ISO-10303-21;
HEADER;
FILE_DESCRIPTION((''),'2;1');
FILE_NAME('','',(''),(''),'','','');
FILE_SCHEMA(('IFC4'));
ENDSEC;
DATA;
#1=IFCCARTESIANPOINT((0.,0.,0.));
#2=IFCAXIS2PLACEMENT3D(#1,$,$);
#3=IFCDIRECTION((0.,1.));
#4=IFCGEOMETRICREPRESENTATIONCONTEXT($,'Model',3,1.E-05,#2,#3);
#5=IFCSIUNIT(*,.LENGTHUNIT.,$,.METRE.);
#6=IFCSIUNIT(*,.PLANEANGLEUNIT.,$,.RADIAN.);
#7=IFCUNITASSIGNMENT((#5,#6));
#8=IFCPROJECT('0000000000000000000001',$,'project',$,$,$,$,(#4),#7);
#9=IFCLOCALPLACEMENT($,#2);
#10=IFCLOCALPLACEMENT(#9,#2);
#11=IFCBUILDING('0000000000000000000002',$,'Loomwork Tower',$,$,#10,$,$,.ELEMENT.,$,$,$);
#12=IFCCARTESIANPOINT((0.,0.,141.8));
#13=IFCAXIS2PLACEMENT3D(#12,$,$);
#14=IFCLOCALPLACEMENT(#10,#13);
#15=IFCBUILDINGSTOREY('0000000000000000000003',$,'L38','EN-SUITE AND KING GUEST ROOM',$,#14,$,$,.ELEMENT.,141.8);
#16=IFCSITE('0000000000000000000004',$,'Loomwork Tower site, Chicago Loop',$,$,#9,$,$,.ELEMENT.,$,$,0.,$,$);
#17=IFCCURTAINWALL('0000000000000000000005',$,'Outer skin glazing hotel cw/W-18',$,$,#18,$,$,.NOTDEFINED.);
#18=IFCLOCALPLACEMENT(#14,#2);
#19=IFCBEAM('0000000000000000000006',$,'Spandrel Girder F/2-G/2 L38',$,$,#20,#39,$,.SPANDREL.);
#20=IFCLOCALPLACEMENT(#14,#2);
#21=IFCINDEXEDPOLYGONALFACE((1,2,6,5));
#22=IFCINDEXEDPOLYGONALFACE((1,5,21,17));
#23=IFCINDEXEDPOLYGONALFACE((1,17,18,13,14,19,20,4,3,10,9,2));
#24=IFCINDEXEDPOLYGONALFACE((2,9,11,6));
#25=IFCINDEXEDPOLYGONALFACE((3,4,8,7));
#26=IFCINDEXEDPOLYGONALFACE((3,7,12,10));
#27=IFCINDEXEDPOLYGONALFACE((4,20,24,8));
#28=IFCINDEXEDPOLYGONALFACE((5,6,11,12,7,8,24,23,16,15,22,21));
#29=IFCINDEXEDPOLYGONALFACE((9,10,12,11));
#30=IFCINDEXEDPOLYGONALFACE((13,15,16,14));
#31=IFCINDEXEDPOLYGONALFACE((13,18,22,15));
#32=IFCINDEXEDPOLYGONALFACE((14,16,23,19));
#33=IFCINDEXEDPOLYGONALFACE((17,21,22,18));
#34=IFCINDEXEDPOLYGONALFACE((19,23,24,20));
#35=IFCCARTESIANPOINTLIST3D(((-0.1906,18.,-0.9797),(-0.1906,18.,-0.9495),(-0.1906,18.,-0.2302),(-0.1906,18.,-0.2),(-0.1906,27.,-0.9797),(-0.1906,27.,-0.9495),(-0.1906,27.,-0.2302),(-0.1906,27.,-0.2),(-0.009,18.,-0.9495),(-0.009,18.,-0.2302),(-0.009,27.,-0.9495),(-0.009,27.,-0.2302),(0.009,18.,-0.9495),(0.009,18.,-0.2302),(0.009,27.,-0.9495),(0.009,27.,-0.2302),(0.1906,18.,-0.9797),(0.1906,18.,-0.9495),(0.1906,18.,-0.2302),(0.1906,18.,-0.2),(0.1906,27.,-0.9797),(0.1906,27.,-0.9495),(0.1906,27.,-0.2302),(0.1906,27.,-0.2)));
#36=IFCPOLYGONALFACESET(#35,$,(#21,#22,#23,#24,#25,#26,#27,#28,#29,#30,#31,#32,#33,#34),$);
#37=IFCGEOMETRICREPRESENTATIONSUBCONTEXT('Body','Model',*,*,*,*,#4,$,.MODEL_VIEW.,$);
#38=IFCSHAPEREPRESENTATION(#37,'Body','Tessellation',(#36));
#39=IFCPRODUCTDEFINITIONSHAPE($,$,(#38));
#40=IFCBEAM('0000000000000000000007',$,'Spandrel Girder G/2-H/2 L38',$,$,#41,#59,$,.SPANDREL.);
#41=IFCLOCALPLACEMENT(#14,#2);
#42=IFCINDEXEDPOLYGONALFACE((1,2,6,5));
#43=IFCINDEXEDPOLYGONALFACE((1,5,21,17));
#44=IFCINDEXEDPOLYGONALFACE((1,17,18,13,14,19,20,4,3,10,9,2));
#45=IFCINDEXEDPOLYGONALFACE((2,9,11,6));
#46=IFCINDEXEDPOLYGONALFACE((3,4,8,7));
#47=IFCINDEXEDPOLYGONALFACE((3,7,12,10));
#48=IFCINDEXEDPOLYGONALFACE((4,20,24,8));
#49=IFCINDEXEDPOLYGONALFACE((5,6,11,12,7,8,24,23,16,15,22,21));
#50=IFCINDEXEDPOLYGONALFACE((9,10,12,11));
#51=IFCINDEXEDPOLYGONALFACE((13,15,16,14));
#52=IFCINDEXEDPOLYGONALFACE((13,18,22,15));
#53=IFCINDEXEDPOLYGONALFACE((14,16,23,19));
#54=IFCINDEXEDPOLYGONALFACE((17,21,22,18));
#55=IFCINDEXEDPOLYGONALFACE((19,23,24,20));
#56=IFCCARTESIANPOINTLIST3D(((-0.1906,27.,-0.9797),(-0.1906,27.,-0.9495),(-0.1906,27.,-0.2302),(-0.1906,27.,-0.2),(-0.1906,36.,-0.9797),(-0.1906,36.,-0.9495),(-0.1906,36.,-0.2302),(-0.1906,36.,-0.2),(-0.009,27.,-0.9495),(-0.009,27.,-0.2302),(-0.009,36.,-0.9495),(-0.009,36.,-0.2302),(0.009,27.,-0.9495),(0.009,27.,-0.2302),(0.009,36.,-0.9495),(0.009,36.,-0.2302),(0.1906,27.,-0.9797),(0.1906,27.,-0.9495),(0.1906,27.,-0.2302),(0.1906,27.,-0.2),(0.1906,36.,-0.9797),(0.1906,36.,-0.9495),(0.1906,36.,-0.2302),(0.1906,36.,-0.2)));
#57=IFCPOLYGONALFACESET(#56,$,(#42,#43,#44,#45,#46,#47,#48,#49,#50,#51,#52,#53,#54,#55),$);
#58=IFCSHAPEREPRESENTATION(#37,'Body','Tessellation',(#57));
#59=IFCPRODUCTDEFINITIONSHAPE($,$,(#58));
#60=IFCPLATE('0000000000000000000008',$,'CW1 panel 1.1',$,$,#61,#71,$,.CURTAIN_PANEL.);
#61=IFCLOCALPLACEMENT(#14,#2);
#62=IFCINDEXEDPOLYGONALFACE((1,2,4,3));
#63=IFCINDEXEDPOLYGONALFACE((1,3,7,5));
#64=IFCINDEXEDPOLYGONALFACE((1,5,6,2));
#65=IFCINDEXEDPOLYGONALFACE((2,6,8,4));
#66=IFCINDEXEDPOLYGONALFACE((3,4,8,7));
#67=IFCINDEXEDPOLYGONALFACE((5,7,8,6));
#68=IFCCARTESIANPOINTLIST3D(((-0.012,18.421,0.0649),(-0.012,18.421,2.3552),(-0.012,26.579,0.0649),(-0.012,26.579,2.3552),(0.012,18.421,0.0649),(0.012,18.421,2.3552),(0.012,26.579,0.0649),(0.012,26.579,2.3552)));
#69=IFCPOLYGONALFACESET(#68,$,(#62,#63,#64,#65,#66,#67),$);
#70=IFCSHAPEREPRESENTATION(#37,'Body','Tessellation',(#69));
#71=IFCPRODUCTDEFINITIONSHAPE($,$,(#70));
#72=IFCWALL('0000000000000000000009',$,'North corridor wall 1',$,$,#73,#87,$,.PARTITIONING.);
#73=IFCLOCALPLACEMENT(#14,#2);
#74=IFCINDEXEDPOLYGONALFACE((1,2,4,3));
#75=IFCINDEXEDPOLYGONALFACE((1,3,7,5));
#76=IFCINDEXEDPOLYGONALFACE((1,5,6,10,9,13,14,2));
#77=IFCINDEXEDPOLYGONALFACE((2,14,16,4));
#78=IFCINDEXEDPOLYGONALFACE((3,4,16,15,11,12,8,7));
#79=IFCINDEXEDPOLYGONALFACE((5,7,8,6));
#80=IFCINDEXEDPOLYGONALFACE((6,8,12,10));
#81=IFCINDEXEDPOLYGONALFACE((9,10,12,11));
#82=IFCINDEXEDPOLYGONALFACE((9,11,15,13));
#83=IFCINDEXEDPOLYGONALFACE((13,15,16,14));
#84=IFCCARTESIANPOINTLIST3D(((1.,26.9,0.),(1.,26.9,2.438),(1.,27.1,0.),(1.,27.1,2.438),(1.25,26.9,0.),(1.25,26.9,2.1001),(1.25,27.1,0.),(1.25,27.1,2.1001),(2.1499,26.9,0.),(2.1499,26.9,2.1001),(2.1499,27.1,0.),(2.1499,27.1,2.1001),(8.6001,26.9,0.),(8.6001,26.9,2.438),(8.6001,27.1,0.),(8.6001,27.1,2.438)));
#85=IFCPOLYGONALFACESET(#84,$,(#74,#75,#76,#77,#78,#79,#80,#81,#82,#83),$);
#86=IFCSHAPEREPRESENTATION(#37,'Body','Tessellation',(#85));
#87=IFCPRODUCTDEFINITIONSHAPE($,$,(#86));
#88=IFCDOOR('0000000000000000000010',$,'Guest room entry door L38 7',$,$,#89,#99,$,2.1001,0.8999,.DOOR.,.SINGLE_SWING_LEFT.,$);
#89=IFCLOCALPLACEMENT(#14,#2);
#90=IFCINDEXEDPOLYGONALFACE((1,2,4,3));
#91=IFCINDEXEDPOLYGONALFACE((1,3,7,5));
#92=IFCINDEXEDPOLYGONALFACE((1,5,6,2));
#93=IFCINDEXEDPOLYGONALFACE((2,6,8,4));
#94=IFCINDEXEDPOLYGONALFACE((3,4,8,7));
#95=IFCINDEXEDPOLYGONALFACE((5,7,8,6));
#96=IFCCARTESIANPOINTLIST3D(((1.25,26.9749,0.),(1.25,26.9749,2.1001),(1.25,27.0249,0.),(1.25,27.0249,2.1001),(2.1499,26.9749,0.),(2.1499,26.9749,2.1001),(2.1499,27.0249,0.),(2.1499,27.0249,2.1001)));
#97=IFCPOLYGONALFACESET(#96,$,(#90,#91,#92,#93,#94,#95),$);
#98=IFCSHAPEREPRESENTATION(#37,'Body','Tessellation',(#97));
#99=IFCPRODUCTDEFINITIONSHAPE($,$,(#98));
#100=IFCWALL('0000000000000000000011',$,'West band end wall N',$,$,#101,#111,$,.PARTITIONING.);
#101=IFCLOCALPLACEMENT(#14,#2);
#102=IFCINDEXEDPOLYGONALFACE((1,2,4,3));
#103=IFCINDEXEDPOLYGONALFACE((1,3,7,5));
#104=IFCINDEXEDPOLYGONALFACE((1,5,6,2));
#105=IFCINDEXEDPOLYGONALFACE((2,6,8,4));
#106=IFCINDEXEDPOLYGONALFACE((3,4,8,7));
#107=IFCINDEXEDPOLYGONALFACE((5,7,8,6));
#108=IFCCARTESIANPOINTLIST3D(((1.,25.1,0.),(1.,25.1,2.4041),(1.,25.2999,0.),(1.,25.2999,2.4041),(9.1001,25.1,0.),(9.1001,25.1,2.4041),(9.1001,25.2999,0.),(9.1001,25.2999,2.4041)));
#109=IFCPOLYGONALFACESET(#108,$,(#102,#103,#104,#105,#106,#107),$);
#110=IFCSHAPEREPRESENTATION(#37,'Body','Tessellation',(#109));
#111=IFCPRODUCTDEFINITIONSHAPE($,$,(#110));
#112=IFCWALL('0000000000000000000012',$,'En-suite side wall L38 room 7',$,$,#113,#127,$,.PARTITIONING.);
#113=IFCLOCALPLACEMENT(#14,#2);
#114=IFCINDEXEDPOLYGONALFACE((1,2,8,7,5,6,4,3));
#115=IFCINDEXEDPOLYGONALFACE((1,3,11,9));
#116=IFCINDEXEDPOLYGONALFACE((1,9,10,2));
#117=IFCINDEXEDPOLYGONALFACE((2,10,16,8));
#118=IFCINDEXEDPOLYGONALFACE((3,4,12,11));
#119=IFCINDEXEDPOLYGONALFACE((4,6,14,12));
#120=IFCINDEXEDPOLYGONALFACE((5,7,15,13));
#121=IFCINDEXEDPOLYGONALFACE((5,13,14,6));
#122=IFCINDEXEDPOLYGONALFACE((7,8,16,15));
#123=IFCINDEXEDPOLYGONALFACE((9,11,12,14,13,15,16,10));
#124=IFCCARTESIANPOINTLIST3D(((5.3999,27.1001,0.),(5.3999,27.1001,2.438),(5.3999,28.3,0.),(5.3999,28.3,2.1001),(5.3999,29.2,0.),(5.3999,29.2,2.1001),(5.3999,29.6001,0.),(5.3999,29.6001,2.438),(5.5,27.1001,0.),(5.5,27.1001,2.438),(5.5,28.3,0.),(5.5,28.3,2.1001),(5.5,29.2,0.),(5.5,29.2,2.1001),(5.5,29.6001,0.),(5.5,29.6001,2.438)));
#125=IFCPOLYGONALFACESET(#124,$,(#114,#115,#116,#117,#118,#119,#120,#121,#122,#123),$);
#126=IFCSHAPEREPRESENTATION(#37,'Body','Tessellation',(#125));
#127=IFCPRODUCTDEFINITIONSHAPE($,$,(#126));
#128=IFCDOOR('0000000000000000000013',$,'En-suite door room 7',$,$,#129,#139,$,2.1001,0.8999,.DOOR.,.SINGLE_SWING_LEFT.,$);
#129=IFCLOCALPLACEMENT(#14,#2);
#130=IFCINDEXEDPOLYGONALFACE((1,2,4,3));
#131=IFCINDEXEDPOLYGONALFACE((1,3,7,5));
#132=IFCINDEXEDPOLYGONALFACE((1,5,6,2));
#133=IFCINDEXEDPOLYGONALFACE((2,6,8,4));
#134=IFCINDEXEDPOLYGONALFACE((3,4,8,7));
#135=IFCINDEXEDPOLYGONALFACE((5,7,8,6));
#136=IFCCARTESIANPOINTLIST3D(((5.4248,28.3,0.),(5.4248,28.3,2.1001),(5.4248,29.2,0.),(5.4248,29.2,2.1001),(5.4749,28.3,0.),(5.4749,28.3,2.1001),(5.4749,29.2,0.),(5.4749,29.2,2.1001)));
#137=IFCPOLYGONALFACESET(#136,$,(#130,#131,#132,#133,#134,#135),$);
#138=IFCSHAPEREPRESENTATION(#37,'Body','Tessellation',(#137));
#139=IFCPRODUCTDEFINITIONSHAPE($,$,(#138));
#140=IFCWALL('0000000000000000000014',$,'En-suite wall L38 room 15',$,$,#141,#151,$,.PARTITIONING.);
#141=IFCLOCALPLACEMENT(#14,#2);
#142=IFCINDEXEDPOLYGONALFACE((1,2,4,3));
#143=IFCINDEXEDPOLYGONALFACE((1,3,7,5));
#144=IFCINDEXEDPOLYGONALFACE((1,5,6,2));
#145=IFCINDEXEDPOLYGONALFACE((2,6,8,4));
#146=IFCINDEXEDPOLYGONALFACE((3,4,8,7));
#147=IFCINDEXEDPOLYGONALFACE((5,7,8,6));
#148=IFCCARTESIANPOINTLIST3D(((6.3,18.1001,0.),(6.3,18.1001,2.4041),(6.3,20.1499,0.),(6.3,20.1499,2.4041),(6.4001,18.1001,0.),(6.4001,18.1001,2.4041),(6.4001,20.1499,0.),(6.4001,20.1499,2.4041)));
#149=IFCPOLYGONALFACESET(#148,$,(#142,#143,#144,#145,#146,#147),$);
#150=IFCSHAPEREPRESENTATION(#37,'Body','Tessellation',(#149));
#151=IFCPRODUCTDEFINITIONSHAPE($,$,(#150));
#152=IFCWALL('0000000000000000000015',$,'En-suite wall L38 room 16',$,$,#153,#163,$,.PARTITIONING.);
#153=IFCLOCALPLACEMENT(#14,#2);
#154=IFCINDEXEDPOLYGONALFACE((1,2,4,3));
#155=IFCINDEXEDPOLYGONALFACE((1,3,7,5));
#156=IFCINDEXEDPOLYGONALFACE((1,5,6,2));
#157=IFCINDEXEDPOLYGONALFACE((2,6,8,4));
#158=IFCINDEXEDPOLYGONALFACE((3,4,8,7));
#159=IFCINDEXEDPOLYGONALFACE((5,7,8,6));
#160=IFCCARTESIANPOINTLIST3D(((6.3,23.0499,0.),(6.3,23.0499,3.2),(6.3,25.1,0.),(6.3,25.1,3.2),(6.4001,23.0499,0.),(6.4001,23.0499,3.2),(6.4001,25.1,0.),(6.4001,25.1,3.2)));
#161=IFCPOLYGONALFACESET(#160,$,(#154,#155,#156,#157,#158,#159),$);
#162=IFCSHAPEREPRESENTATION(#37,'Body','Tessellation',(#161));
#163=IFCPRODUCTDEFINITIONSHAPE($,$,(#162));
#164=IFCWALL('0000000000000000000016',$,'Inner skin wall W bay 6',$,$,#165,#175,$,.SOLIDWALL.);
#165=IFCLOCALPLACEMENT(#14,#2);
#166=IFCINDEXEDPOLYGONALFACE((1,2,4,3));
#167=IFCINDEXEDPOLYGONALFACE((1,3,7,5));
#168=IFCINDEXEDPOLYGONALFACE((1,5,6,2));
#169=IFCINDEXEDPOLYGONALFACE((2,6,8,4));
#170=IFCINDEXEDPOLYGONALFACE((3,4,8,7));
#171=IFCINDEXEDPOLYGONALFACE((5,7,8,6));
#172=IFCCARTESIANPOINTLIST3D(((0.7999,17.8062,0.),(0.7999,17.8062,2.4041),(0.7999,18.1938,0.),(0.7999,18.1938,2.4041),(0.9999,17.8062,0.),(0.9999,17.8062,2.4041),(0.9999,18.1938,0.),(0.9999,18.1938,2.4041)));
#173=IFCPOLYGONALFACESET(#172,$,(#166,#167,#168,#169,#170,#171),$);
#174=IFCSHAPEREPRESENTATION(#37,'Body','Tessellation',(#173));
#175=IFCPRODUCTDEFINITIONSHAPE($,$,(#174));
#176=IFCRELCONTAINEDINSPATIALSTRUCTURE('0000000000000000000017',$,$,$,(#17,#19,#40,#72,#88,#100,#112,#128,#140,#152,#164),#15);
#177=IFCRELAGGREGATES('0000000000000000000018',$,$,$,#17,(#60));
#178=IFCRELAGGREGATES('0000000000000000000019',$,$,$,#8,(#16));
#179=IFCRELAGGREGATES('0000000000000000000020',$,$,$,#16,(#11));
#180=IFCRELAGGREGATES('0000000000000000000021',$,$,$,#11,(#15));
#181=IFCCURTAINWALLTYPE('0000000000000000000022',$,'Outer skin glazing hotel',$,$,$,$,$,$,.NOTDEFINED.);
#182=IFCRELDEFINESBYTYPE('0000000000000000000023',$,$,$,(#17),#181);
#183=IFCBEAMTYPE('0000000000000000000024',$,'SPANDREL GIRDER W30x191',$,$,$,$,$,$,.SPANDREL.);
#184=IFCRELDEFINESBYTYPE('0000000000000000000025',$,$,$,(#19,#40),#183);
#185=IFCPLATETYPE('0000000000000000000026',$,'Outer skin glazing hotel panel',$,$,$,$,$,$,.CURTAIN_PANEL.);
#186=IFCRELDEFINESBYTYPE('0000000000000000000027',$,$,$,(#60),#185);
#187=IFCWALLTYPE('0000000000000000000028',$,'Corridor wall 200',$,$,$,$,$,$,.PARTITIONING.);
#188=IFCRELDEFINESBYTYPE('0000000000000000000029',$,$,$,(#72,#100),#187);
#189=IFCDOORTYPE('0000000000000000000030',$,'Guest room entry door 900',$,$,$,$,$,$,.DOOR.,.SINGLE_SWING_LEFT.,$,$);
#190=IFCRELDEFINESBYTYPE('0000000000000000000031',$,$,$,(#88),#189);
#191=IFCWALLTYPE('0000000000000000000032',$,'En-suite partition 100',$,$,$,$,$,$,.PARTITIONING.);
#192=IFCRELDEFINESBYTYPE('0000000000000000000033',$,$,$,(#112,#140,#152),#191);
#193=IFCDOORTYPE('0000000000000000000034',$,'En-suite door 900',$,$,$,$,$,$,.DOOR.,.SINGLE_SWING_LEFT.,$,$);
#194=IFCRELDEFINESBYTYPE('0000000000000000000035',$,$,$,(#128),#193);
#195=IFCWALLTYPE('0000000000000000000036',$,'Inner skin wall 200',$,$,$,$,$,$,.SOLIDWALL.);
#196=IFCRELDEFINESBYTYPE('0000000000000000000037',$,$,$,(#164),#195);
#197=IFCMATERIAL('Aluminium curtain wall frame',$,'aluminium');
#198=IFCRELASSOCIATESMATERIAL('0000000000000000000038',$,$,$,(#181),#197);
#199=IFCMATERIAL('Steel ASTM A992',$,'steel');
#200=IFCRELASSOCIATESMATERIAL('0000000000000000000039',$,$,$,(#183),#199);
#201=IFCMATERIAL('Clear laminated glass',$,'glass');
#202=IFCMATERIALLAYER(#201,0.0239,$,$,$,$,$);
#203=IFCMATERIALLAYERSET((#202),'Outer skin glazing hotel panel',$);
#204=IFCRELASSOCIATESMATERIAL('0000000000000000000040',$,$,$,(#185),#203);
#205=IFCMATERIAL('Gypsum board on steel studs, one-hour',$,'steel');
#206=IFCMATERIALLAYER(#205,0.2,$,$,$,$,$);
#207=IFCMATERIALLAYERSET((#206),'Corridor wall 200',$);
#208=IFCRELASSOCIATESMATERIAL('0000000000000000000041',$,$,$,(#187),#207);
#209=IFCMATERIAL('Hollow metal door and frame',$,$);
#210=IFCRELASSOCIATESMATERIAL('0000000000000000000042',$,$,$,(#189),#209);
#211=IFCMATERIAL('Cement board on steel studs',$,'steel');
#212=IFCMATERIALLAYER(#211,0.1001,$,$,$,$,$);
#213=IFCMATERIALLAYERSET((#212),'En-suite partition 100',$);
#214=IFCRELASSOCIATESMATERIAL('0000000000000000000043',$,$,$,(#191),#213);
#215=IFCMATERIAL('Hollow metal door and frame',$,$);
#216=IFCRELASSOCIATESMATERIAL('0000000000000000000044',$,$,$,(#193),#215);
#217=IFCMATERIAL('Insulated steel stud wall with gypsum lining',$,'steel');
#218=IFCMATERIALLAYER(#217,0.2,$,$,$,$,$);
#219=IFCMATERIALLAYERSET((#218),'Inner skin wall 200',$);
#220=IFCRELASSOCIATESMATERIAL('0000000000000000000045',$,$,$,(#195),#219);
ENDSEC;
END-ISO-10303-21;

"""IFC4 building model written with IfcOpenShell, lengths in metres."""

from ifc_helpers import new_model, si_unit, direction, frame, frame_2d, origin, origin_2d, place, context, subcontext, project, spatial, rectangle, i_section, extrude, material, layer, layer_set, material_profile, profile_set, type_object, element, fill, aggregate, save


model = new_model("IFC4")

# Units and contexts
model_context = context("Model", 3, precision=1e-05, world=origin(), true_north=direction((0.0, 1.0)))
body_context = subcontext(model_context, "Body", "Model", "MODEL_VIEW")
ifc_project = project(units=[si_unit("LENGTHUNIT", "METRE"), si_unit("PLANEANGLEUNIT", "RADIAN")], contexts=[model_context])

# Site, building, storey
site_placement = place(None, origin())
site = spatial("IfcSite", under=ifc_project, at=site_placement, Name="Loomwork Tower site, Chicago Loop", CompositionType="ELEMENT", RefElevation=0.0)
building_placement = place(site_placement, origin())
building = spatial("IfcBuilding", under=site, at=building_placement, Name="Loomwork Tower", CompositionType="ELEMENT")
storey_placement = place(building_placement, frame((0.0, 0.0, 141.8)))
storey = spatial("IfcBuildingStorey", under=building, at=storey_placement, Name="L38", Description="EN-SUITE AND KING GUEST ROOM", CompositionType="ELEMENT", Elevation=141.8)

# Curtain wall
ifc_material_1 = material(Name="Aluminium curtain wall frame", Category="aluminium")
curtain_wall_type = type_object("IfcCurtainWallType", Name="Outer skin glazing hotel", PredefinedType="NOTDEFINED", material=ifc_material_1)
curtain_wall_1_placement = place(storey_placement, origin())
curtain_wall_1 = element("IfcCurtainWall", 1, at=curtain_wall_1_placement, inside=storey, type_object=curtain_wall_type, Name="Outer skin glazing hotel cw/W-18", PredefinedType="NOTDEFINED")

# Beams
ifc_material_2 = material(Name="Steel ASTM A992", Category="steel")
ifc_material_profile_1 = material_profile(ifc_material_2, i_section(OverallWidth=0.3811, OverallDepth=0.7798, WebThickness=0.0181, FlangeThickness=0.0303, at=origin_2d()), Name="W30x191")
ifc_profile_set_1 = profile_set([ifc_material_profile_1], Name="Steel ASTM A992")
beam_type_1 = type_object("IfcBeamType", Name="SPANDREL GIRDER W30x191", PredefinedType="SPANDREL", material=ifc_profile_set_1)
for number, where, z_axis, x_axis, name in (
    (2, (0.0, 18.0, -0.5898), (0.0, 1.0, 0.0), (-1.0, 0.0, 0.0), "Spandrel Girder F/2-G/2 L38"),
    (3, (0.0, 27.0, -0.5898), (0.0, 1.0, 0.0), (-1.0, 0.0, 0.0), "Spandrel Girder G/2-H/2 L38"),
):
    element("IfcBeam", number, at=place(storey_placement, frame(where, z_axis=z_axis, x_axis=x_axis)), inside=storey, type_object=beam_type_1, Name=name, PredefinedType="SPANDREL", context=body_context, shape_type="SweptSolid", body=[
        extrude(i_section(OverallWidth=0.3811, OverallDepth=0.7798, WebThickness=0.0181, FlangeThickness=0.0303, at=origin_2d()), origin(), (0.0, 0.0, 1.0), 9.0),
    ])

# Plate
ifc_material_3 = material(Name="Clear laminated glass", Category="glass")
ifc_layer_1 = layer(ifc_material_3, 0.0239)
ifc_layer_set_1 = layer_set([ifc_layer_1], Name="Outer skin glazing hotel panel")
plate_type = type_object("IfcPlateType", Name="Outer skin glazing hotel panel", PredefinedType="CURTAIN_PANEL", material=ifc_layer_set_1)
plate_placement = place(storey_placement, frame((0.0, 22.5, 0.0649), z_axis=(0.0, 0.0, 1.0), x_axis=(0.0, -1.0, 0.0)))
plate = element("IfcPlate", 4, at=plate_placement, type_object=plate_type, Name="CW1 panel 1.1", PredefinedType="CURTAIN_PANEL", context=body_context, shape_type="SweptSolid", body=[
    extrude(rectangle(XDim=8.158, YDim=0.0239, at=origin_2d()), origin(), (0.0, 0.0, 1.0), 2.2903),
])
aggregate(curtain_wall_1, [plate])

# Wall, opening, door
ifc_material_4 = material(Name="Gypsum board on steel studs, one-hour", Category="steel")
ifc_layer_2 = layer(ifc_material_4, 0.2)
ifc_layer_set_2 = layer_set([ifc_layer_2], Name="Corridor wall 200")
wall_type_1 = type_object("IfcWallType", Name="Corridor wall 200", PredefinedType="PARTITIONING", material=ifc_layer_set_2)
wall_1_placement = place(storey_placement, frame((1.0, 27.0, 0.0), z_axis=(0.0, 0.0, 1.0), x_axis=(1.0, 0.0, 0.0)))
wall_1 = element("IfcWall", 5, at=wall_1_placement, inside=storey, type_object=wall_type_1, Name="North corridor wall 1", PredefinedType="PARTITIONING", context=body_context, shape_type="SweptSolid", body=[
    extrude(rectangle(XDim=7.6001, YDim=0.2, at=frame_2d((3.8, 0.0))), origin(), (0.0, 0.0, 1.0), 2.438),
])
opening_1_placement = place(wall_1_placement, frame((0.25, 0.0, 0.0)))
opening_1 = element("IfcOpeningElement", 6, at=opening_1_placement, cuts=wall_1, PredefinedType="OPENING", context=body_context, shape_type="SweptSolid", body=[
    extrude(rectangle(XDim=0.8999, YDim=2.1001, at=frame_2d((0.45, 1.05))), frame((0.0, 0.1099, 0.0), z_axis=(0.0, -1.0, 0.0), x_axis=(1.0, 0.0, 0.0)), (0.0, 0.0, 1.0), 0.22),
])
ifc_material_5 = material(Name="Hollow metal door and frame")
door_type_1 = type_object("IfcDoorType", Name="Guest room entry door 900", OperationType="SINGLE_SWING_LEFT", PredefinedType="DOOR", material=ifc_material_5)
door_1_placement = place(opening_1_placement, origin())
door_1 = element("IfcDoor", 7, at=door_1_placement, inside=storey, type_object=door_type_1, Name="Guest room entry door L38 7", OperationType="SINGLE_SWING_LEFT", OverallHeight=2.1001, OverallWidth=0.8999, PredefinedType="DOOR", context=body_context, shape_type="SweptSolid", body=[
    extrude(rectangle(XDim=0.8999, YDim=2.1001, at=frame_2d((0.45, 1.05))), frame((0.0, 0.0249, 0.0), z_axis=(0.0, -1.0, 0.0), x_axis=(1.0, 0.0, 0.0)), (0.0, 0.0, 1.0), 0.05),
])
fill(opening_1, door_1)

# Wall
wall_2_placement = place(storey_placement, frame((1.0, 25.2, 0.0), z_axis=(0.0, 0.0, 1.0), x_axis=(1.0, 0.0, 0.0)))
element("IfcWall", 8, at=wall_2_placement, inside=storey, type_object=wall_type_1, Name="West band end wall N", PredefinedType="PARTITIONING", context=body_context, shape_type="SweptSolid", body=[
    extrude(rectangle(XDim=8.1001, YDim=0.2, at=frame_2d((4.05, 0.0))), origin(), (0.0, 0.0, 1.0), 2.4041),
])

# Wall, opening, door
ifc_material_6 = material(Name="Cement board on steel studs", Category="steel")
ifc_layer_3 = layer(ifc_material_6, 0.1001)
ifc_layer_set_3 = layer_set([ifc_layer_3], Name="En-suite partition 100")
wall_type_2 = type_object("IfcWallType", Name="En-suite partition 100", PredefinedType="PARTITIONING", material=ifc_layer_set_3)
wall_3_placement = place(storey_placement, frame((5.45, 27.1001, 0.0), z_axis=(0.0, 0.0, 1.0), x_axis=(0.0, 1.0, 0.0)))
wall_3 = element("IfcWall", 9, at=wall_3_placement, inside=storey, type_object=wall_type_2, Name="En-suite side wall L38 room 7", PredefinedType="PARTITIONING", context=body_context, shape_type="SweptSolid", body=[
    extrude(rectangle(XDim=2.5, YDim=0.1001, at=frame_2d((1.25, 0.0))), origin(), (0.0, 0.0, 1.0), 2.438),
])
opening_2_placement = place(wall_3_placement, frame((1.2, 0.0, 0.0)))
opening_2 = element("IfcOpeningElement", 10, at=opening_2_placement, cuts=wall_3, PredefinedType="OPENING", context=body_context, shape_type="SweptSolid", body=[
    extrude(rectangle(XDim=0.8999, YDim=2.1001, at=frame_2d((0.45, 1.05))), frame((0.0, 0.0601, 0.0), z_axis=(0.0, -1.0, 0.0), x_axis=(1.0, 0.0, 0.0)), (0.0, 0.0, 1.0), 0.1201),
])
ifc_material_7 = material(Name="Hollow metal door and frame")
door_type_2 = type_object("IfcDoorType", Name="En-suite door 900", OperationType="SINGLE_SWING_LEFT", PredefinedType="DOOR", material=ifc_material_7)
door_2_placement = place(opening_2_placement, frame((0.8999, 0.0, 0.0), z_axis=(0.0, 0.0, 1.0), x_axis=(-1.0, 0.0, 0.0)))
door_2 = element("IfcDoor", 11, at=door_2_placement, inside=storey, type_object=door_type_2, Name="En-suite door room 7", OperationType="SINGLE_SWING_LEFT", OverallHeight=2.1001, OverallWidth=0.8999, PredefinedType="DOOR", context=body_context, shape_type="SweptSolid", body=[
    extrude(rectangle(XDim=0.8999, YDim=2.1001, at=frame_2d((0.45, 1.05))), frame((0.0, 0.0249, 0.0), z_axis=(0.0, -1.0, 0.0), x_axis=(1.0, 0.0, 0.0)), (0.0, 0.0, 1.0), 0.05),
])
fill(opening_2, door_2)

# Walls
wall_4_placement = place(storey_placement, frame((6.3501, 18.1001, 0.0), z_axis=(0.0, 0.0, 1.0), x_axis=(0.0, 1.0, 0.0)))
element("IfcWall", 12, at=wall_4_placement, inside=storey, type_object=wall_type_2, Name="En-suite wall L38 room 15", PredefinedType="PARTITIONING", context=body_context, shape_type="SweptSolid", body=[
    extrude(rectangle(XDim=2.0498, YDim=0.1001, at=frame_2d((1.0249, 0.0))), origin(), (0.0, 0.0, 1.0), 2.4041),
])
wall_5_placement = place(storey_placement, frame((6.3501, 23.05, 0.0), z_axis=(0.0, 0.0, 1.0), x_axis=(0.0, 1.0, 0.0)))
element("IfcWall", 13, at=wall_5_placement, inside=storey, type_object=wall_type_2, Name="En-suite wall L38 room 16", PredefinedType="PARTITIONING", context=body_context, shape_type="SweptSolid", body=[
    extrude(rectangle(XDim=2.05, YDim=0.1001, at=frame_2d((1.0249, 0.0))), origin(), (0.0, 0.0, 1.0), 3.2),
])
ifc_material_8 = material(Name="Insulated steel stud wall with gypsum lining", Category="steel")
ifc_layer_4 = layer(ifc_material_8, 0.2)
ifc_layer_set_4 = layer_set([ifc_layer_4], Name="Inner skin wall 200")
wall_type_3 = type_object("IfcWallType", Name="Inner skin wall 200", PredefinedType="SOLIDWALL", material=ifc_layer_set_4)
wall_6_placement = place(storey_placement, frame((0.8999, 17.8062, 0.0), z_axis=(0.0, 0.0, 1.0), x_axis=(0.0, 1.0, 0.0)))
element("IfcWall", 14, at=wall_6_placement, inside=storey, type_object=wall_type_3, Name="Inner skin wall W bay 6", PredefinedType="SOLIDWALL", context=body_context, shape_type="SweptSolid", body=[
    extrude(rectangle(XDim=0.3877, YDim=0.2, at=frame_2d((0.1938, 0.0))), origin(), (0.0, 0.0, 1.0), 2.4041),
])

save(model, "model.ifc")
